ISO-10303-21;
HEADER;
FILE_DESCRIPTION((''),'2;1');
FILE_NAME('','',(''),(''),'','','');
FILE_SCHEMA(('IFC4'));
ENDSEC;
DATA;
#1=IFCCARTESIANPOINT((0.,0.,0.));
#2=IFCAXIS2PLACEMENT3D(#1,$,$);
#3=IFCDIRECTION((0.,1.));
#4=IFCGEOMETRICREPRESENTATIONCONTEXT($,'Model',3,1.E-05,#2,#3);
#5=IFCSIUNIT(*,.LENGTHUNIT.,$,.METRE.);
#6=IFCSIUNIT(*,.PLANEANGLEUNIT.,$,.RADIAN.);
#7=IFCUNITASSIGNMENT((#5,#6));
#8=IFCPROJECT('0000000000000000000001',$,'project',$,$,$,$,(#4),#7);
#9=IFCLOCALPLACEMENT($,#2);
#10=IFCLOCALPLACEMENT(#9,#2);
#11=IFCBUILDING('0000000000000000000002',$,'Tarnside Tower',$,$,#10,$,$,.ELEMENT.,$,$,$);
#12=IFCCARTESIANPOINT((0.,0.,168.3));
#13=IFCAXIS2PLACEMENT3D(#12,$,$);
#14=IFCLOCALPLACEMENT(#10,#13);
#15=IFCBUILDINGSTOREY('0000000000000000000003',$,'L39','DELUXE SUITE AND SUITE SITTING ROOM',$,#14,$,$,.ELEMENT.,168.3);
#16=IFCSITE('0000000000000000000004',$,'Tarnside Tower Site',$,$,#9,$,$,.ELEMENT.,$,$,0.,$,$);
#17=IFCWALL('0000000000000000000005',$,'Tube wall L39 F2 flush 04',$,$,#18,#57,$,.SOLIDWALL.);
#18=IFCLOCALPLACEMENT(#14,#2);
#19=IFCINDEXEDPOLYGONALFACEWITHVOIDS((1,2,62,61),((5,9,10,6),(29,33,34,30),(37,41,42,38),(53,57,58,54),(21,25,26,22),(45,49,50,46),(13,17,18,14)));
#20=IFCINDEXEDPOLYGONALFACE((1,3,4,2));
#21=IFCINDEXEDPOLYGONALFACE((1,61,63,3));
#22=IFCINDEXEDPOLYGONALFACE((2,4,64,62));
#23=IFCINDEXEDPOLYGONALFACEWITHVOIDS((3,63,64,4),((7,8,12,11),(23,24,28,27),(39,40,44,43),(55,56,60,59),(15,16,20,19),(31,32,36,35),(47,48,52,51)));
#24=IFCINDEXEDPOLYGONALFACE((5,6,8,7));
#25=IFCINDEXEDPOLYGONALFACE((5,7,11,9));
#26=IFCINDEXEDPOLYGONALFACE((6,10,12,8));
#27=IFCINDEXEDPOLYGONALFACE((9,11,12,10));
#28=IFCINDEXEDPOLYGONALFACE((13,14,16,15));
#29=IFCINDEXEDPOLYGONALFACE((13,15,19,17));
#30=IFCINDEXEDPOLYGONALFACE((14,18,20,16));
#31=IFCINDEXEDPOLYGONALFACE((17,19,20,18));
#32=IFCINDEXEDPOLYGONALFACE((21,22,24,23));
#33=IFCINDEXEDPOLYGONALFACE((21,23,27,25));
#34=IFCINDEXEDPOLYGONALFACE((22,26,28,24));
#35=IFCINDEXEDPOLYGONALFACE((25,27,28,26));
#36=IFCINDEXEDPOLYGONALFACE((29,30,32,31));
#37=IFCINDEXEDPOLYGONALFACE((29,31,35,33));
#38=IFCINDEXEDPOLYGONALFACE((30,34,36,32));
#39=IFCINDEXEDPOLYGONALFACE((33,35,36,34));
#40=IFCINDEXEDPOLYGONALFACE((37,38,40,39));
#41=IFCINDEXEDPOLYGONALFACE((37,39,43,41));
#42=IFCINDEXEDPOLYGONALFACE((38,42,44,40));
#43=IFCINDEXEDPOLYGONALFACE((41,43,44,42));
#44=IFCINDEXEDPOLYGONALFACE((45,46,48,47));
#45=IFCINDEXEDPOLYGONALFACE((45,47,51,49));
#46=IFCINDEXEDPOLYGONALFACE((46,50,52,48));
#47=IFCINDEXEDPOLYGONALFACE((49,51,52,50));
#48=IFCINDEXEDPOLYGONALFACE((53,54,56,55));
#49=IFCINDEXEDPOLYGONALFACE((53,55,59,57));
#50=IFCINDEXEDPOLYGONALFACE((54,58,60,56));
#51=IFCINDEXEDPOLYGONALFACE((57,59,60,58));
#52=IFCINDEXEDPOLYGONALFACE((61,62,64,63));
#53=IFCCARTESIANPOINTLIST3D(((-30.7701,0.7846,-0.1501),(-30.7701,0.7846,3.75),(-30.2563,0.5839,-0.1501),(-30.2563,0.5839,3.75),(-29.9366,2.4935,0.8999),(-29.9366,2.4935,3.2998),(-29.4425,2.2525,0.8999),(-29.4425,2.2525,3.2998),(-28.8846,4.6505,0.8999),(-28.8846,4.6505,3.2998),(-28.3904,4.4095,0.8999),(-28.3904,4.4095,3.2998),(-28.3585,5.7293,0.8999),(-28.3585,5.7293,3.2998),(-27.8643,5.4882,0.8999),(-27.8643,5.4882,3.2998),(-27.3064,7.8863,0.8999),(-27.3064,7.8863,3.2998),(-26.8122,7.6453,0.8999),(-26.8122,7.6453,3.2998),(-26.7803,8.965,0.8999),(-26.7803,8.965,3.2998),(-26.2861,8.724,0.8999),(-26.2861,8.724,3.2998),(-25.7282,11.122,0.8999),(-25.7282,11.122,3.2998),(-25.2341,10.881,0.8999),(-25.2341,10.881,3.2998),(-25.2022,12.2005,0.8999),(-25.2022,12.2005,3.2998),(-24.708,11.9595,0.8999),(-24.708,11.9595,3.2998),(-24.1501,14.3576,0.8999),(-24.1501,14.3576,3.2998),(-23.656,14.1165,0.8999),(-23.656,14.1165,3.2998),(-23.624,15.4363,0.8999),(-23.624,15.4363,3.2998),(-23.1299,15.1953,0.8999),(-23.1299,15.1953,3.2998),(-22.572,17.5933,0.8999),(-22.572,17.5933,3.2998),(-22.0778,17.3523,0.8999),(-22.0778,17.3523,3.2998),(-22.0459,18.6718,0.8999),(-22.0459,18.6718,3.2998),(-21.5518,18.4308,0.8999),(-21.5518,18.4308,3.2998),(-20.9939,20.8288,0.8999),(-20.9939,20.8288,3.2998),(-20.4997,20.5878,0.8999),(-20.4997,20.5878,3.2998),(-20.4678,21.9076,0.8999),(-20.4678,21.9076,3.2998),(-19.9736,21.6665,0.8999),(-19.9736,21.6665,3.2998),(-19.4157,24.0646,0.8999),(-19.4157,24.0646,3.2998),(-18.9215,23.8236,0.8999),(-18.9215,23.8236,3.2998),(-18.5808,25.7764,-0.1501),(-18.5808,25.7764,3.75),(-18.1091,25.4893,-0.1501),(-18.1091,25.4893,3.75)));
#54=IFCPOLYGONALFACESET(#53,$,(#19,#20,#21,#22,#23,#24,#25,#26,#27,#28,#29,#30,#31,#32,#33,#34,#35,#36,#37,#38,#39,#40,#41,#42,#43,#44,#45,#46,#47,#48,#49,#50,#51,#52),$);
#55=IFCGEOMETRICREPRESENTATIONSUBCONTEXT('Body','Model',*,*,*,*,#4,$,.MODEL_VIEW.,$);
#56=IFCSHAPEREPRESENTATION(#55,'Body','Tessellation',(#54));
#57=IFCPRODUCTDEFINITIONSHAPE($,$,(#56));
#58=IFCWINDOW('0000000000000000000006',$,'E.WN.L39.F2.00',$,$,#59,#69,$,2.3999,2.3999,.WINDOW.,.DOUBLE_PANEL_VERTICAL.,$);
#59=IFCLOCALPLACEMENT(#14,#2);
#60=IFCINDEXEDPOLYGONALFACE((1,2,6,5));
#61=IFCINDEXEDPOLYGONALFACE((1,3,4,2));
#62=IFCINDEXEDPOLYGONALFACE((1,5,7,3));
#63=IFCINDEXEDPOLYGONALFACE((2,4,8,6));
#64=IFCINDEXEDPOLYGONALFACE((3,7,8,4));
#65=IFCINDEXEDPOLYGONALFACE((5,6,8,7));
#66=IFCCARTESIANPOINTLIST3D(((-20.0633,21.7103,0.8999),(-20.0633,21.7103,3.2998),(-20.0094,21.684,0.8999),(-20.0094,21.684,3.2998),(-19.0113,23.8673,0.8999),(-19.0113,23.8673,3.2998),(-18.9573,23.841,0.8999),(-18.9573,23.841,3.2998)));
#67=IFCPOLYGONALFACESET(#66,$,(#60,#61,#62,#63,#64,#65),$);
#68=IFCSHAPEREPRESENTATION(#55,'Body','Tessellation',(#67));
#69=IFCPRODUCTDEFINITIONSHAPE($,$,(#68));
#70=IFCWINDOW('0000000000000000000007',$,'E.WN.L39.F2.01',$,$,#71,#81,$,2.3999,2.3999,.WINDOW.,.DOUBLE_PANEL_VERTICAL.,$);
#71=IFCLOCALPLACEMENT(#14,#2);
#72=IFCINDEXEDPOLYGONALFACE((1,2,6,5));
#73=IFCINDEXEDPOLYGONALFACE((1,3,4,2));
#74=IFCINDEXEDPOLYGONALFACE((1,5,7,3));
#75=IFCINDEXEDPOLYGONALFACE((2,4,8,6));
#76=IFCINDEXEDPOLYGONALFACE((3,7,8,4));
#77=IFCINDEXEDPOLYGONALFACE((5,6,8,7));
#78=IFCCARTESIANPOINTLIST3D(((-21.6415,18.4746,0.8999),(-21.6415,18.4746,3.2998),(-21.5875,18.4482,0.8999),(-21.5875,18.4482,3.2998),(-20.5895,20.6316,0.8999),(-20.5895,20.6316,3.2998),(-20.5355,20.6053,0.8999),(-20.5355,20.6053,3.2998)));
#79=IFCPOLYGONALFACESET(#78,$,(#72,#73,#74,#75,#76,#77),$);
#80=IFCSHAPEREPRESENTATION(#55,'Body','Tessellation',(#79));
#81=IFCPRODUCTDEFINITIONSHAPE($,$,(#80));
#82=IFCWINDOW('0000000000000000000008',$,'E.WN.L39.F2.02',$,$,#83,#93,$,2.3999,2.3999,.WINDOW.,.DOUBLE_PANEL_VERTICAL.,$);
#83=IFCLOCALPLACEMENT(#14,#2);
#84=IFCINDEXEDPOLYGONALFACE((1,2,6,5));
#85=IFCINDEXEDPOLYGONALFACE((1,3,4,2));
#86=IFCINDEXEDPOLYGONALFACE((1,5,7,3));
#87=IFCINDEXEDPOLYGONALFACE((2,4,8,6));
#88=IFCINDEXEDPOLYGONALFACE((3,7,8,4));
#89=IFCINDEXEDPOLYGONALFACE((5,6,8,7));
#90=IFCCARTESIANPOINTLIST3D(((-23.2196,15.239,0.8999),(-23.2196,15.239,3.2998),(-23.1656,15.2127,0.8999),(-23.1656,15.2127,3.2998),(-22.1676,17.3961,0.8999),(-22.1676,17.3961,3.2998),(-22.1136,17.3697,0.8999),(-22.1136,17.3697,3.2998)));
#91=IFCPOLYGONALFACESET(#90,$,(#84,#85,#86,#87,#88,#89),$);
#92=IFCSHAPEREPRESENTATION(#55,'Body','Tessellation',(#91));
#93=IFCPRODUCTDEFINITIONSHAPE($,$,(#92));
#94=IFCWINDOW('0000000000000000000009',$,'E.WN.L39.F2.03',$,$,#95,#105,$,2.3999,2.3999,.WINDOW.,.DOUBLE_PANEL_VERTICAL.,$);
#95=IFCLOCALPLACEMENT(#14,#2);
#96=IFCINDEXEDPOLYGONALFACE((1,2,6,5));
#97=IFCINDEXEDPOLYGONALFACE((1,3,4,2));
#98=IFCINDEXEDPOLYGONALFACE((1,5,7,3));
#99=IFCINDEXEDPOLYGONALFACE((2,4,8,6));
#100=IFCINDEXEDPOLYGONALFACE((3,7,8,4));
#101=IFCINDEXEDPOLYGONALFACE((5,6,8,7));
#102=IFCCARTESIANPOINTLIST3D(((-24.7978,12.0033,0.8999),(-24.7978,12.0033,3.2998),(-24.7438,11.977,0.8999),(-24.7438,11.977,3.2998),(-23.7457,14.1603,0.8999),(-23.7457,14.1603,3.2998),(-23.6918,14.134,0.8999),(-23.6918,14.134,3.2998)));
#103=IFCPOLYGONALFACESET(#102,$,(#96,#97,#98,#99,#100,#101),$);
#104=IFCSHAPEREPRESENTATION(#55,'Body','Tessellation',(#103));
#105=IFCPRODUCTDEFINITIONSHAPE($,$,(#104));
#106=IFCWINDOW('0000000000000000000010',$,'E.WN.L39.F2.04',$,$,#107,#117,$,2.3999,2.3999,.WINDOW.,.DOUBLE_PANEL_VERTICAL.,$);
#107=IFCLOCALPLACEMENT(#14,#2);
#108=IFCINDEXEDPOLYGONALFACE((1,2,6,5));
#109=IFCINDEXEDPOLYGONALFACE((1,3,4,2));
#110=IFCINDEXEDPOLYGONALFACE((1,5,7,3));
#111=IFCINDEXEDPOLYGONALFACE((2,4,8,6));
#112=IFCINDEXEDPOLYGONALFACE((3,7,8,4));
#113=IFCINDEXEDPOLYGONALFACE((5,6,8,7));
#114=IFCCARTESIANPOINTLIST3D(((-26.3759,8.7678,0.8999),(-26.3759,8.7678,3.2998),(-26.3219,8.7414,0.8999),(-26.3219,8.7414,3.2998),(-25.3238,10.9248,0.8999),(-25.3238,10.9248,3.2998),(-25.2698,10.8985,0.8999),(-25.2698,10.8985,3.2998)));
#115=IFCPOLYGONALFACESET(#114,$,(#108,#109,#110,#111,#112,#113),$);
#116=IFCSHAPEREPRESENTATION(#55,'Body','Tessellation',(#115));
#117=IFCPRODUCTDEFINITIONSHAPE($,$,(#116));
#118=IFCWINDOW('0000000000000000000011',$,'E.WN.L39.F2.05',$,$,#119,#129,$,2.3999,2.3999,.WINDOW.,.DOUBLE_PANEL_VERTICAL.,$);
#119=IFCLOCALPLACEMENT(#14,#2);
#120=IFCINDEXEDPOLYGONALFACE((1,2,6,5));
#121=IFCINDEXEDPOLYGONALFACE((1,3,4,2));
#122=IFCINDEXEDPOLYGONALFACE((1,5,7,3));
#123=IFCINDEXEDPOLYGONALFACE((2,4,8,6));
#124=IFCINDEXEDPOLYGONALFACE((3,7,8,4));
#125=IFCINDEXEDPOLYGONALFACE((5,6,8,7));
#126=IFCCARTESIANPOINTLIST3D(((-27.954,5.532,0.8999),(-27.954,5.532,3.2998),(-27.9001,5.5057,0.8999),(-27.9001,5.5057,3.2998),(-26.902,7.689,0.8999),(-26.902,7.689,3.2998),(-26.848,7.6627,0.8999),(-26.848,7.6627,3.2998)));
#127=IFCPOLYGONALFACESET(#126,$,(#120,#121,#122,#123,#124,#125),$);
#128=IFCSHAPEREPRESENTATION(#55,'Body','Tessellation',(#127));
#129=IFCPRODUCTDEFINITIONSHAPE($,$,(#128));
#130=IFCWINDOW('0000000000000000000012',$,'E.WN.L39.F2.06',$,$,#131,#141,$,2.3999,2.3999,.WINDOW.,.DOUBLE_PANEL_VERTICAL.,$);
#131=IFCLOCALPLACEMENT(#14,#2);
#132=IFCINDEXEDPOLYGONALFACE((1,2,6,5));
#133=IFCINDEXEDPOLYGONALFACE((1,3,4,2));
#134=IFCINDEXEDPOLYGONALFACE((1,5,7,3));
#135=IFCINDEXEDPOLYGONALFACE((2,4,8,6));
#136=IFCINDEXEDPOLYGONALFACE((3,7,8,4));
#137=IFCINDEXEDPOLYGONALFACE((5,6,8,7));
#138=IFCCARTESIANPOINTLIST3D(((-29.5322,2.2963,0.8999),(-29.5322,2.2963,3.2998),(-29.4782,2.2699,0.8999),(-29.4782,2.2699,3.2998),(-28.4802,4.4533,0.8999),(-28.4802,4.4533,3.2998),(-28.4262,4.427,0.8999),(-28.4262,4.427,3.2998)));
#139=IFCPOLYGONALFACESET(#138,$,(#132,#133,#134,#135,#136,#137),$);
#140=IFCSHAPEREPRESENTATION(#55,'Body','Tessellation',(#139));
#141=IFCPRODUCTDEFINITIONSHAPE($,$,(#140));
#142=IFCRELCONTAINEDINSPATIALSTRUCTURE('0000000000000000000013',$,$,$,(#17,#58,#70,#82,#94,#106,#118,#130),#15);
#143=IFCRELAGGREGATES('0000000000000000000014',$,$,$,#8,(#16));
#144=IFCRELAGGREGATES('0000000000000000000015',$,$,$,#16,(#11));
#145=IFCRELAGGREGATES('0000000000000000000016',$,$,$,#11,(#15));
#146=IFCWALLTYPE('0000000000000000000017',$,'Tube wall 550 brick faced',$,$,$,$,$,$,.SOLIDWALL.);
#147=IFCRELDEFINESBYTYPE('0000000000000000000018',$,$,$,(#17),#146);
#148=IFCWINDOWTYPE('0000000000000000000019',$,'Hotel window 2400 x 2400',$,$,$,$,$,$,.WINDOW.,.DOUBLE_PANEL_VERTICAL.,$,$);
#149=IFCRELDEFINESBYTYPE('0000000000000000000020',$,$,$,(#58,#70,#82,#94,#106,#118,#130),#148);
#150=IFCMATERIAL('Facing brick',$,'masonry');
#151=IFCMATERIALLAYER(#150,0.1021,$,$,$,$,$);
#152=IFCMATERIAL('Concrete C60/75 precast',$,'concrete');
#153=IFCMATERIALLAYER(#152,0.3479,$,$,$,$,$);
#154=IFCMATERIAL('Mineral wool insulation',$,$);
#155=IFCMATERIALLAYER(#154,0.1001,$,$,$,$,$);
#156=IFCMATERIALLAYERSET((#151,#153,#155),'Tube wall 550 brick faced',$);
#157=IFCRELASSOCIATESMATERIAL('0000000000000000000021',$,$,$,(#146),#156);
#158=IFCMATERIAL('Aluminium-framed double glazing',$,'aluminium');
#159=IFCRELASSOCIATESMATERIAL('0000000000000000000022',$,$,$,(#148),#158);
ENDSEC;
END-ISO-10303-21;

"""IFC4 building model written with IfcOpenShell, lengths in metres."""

from ifc_helpers import new_model, si_unit, direction, frame, frame_2d, origin, place, context, subcontext, project, spatial, polyline, rectangle, outline, extrude, material, layer, layer_set, type_object, element, fill, save


model = new_model("IFC4")

# Units and contexts
model_context = context("Model", 3, precision=1e-05, world=origin(), true_north=direction((0.0, 1.0)))
body_context = subcontext(model_context, "Body", "Model", "MODEL_VIEW")
ifc_project = project(units=[si_unit("LENGTHUNIT", "METRE"), si_unit("PLANEANGLEUNIT", "RADIAN")], contexts=[model_context])

# Site, building, storey
site_placement = place(None, origin())
site = spatial("IfcSite", under=ifc_project, at=site_placement, Name="Tarnside Tower Site", CompositionType="ELEMENT", RefElevation=0.0)
building_placement = place(site_placement, origin())
building = spatial("IfcBuilding", under=site, at=building_placement, Name="Tarnside Tower", CompositionType="ELEMENT")
storey_placement = place(building_placement, frame((0.0, 0.0, 168.3)))
storey = spatial("IfcBuildingStorey", under=building, at=storey_placement, Name="L39", Description="DELUXE SUITE AND SUITE SITTING ROOM", CompositionType="ELEMENT", Elevation=168.3)

# Shared definitions
ifc_material_1 = material(Name="Facing brick", Category="masonry")
ifc_layer_1 = layer(ifc_material_1, 0.1021)
ifc_material_2 = material(Name="Concrete C60/75 precast", Category="concrete")
ifc_layer_2 = layer(ifc_material_2, 0.3479)
ifc_material_3 = material(Name="Mineral wool insulation")
ifc_layer_3 = layer(ifc_material_3, 0.1001)
ifc_layer_set_1 = layer_set([ifc_layer_1, ifc_layer_2, ifc_layer_3], Name="Tube wall 550 brick faced")
wall_type_1 = type_object("IfcWallType", Name="Tube wall 550 brick faced", PredefinedType="SOLIDWALL", material=ifc_layer_set_1)

# Wall, openings, windows
wall_1_placement = place(storey_placement, frame((-18.345, 25.6328, -0.1501), z_axis=(0.0, 0.0, 1.0), x_axis=(-0.438372, -0.898794, 0.0)))
wall_1 = element("IfcWall", 1, at=wall_1_placement, inside=storey, type_object=wall_type_1, Name="Tube wall L39 F2 flush 04", PredefinedType="SOLIDWALL", context=body_context, shape_type="SweptSolid", body=[
    extrude(outline(polyline([(-0.0256, -0.2749), (27.7803, -0.2749), (27.7354, 0.2749), (0.0256, 0.2749), (-0.0256, -0.2749)])), origin(), (0.0, 0.0, 1.0), 3.9001),
])
opening_1_placement = place(wall_1_placement, frame((1.8789, 0.0, 1.05)))
opening_1 = element("IfcOpeningElement", 2, at=opening_1_placement, cuts=wall_1, PredefinedType="OPENING", context=body_context, shape_type="SweptSolid", body=[
    extrude(rectangle(XDim=2.3999, YDim=2.3999, at=frame_2d((1.2, 1.2))), frame((0.0, 0.2852, 0.0), z_axis=(0.0, -1.0, 0.0), x_axis=(1.0, 0.0, 0.0)), (0.0, 0.0, 1.0), 0.5701),
])
opening_2_placement = place(wall_1_placement, frame((5.479, 0.0, 1.05)))
opening_2 = element("IfcOpeningElement", 3, at=opening_2_placement, cuts=wall_1, PredefinedType="OPENING", context=body_context, shape_type="SweptSolid", body=[
    extrude(rectangle(XDim=2.3999, YDim=2.3999, at=frame_2d((1.2, 1.2))), frame((0.0, 0.2852, 0.0), z_axis=(0.0, -1.0, 0.0), x_axis=(1.0, 0.0, 0.0)), (0.0, 0.0, 1.0), 0.5701),
])
opening_3_placement = place(wall_1_placement, frame((9.0789, 0.0, 1.05)))
opening_3 = element("IfcOpeningElement", 4, at=opening_3_placement, cuts=wall_1, PredefinedType="OPENING", context=body_context, shape_type="SweptSolid", body=[
    extrude(rectangle(XDim=2.3999, YDim=2.3999, at=frame_2d((1.2, 1.2))), frame((0.0, 0.2852, 0.0), z_axis=(0.0, -1.0, 0.0), x_axis=(1.0, 0.0, 0.0)), (0.0, 0.0, 1.0), 0.5701),
])
opening_4_placement = place(wall_1_placement, frame((12.679, 0.0, 1.05)))
opening_4 = element("IfcOpeningElement", 5, at=opening_4_placement, cuts=wall_1, PredefinedType="OPENING", context=body_context, shape_type="SweptSolid", body=[
    extrude(rectangle(XDim=2.3999, YDim=2.3999, at=frame_2d((1.2, 1.2))), frame((0.0, 0.2852, 0.0), z_axis=(0.0, -1.0, 0.0), x_axis=(1.0, 0.0, 0.0)), (0.0, 0.0, 1.0), 0.5701),
])
opening_5_placement = place(wall_1_placement, frame((16.2788, 0.0, 1.05)))
opening_5 = element("IfcOpeningElement", 6, at=opening_5_placement, cuts=wall_1, PredefinedType="OPENING", context=body_context, shape_type="SweptSolid", body=[
    extrude(rectangle(XDim=2.3999, YDim=2.3999, at=frame_2d((1.2, 1.2))), frame((0.0, 0.2852, 0.0), z_axis=(0.0, -1.0, 0.0), x_axis=(1.0, 0.0, 0.0)), (0.0, 0.0, 1.0), 0.5701),
])
opening_6_placement = place(wall_1_placement, frame((19.8789, 0.0, 1.05)))
opening_6 = element("IfcOpeningElement", 7, at=opening_6_placement, cuts=wall_1, PredefinedType="OPENING", context=body_context, shape_type="SweptSolid", body=[
    extrude(rectangle(XDim=2.3999, YDim=2.3999, at=frame_2d((1.2, 1.2))), frame((0.0, 0.2852, 0.0), z_axis=(0.0, -1.0, 0.0), x_axis=(1.0, 0.0, 0.0)), (0.0, 0.0, 1.0), 0.5701),
])
opening_7_placement = place(wall_1_placement, frame((23.479, 0.0, 1.05)))
opening_7 = element("IfcOpeningElement", 8, at=opening_7_placement, cuts=wall_1, PredefinedType="OPENING", context=body_context, shape_type="SweptSolid", body=[
    extrude(rectangle(XDim=2.3999, YDim=2.3999, at=frame_2d((1.2, 1.2))), frame((0.0, 0.2852, 0.0), z_axis=(0.0, -1.0, 0.0), x_axis=(1.0, 0.0, 0.0)), (0.0, 0.0, 1.0), 0.5701),
])
ifc_material_4 = material(Name="Aluminium-framed double glazing", Category="aluminium")
window_type = type_object("IfcWindowType", Name="Hotel window 2400 x 2400", PartitioningType="DOUBLE_PANEL_VERTICAL", PredefinedType="WINDOW", material=ifc_material_4)
window_1_placement = place(opening_1_placement, frame((0.0, 0.2051, 0.0)))
window_1 = element("IfcWindow", 9, at=window_1_placement, inside=storey, type_object=window_type, Name="E.WN.L39.F2.00", OverallHeight=2.3999, OverallWidth=2.3999, PartitioningType="DOUBLE_PANEL_VERTICAL", PredefinedType="WINDOW", context=body_context, shape_type="SweptSolid", body=[
    extrude(rectangle(XDim=2.3999, YDim=2.3999, at=frame_2d((1.2, 1.2))), frame((0.0, 0.03, 0.0), z_axis=(0.0, -1.0, 0.0), x_axis=(1.0, 0.0, 0.0)), (0.0, 0.0, 1.0), 0.0601),
])
fill(opening_1, window_1)
window_2_placement = place(opening_2_placement, frame((0.0, 0.2051, 0.0)))
window_2 = element("IfcWindow", 10, at=window_2_placement, inside=storey, type_object=window_type, Name="E.WN.L39.F2.01", OverallHeight=2.3999, OverallWidth=2.3999, PartitioningType="DOUBLE_PANEL_VERTICAL", PredefinedType="WINDOW", context=body_context, shape_type="SweptSolid", body=[
    extrude(rectangle(XDim=2.3999, YDim=2.3999, at=frame_2d((1.2, 1.2))), frame((0.0, 0.03, 0.0), z_axis=(0.0, -1.0, 0.0), x_axis=(1.0, 0.0, 0.0)), (0.0, 0.0, 1.0), 0.0601),
])
fill(opening_2, window_2)
window_3_placement = place(opening_3_placement, frame((0.0, 0.2051, 0.0)))
window_3 = element("IfcWindow", 11, at=window_3_placement, inside=storey, type_object=window_type, Name="E.WN.L39.F2.02", OverallHeight=2.3999, OverallWidth=2.3999, PartitioningType="DOUBLE_PANEL_VERTICAL", PredefinedType="WINDOW", context=body_context, shape_type="SweptSolid", body=[
    extrude(rectangle(XDim=2.3999, YDim=2.3999, at=frame_2d((1.2, 1.2))), frame((0.0, 0.03, 0.0), z_axis=(0.0, -1.0, 0.0), x_axis=(1.0, 0.0, 0.0)), (0.0, 0.0, 1.0), 0.0601),
])
fill(opening_3, window_3)
window_4_placement = place(opening_4_placement, frame((0.0, 0.2051, 0.0)))
window_4 = element("IfcWindow", 12, at=window_4_placement, inside=storey, type_object=window_type, Name="E.WN.L39.F2.03", OverallHeight=2.3999, OverallWidth=2.3999, PartitioningType="DOUBLE_PANEL_VERTICAL", PredefinedType="WINDOW", context=body_context, shape_type="SweptSolid", body=[
    extrude(rectangle(XDim=2.3999, YDim=2.3999, at=frame_2d((1.2, 1.2))), frame((0.0, 0.03, 0.0), z_axis=(0.0, -1.0, 0.0), x_axis=(1.0, 0.0, 0.0)), (0.0, 0.0, 1.0), 0.0601),
])
fill(opening_4, window_4)
window_5_placement = place(opening_5_placement, frame((0.0, 0.2051, 0.0)))
window_5 = element("IfcWindow", 13, at=window_5_placement, inside=storey, type_object=window_type, Name="E.WN.L39.F2.04", OverallHeight=2.3999, OverallWidth=2.3999, PartitioningType="DOUBLE_PANEL_VERTICAL", PredefinedType="WINDOW", context=body_context, shape_type="SweptSolid", body=[
    extrude(rectangle(XDim=2.3999, YDim=2.3999, at=frame_2d((1.2, 1.2))), frame((0.0, 0.03, 0.0), z_axis=(0.0, -1.0, 0.0), x_axis=(1.0, 0.0, 0.0)), (0.0, 0.0, 1.0), 0.0601),
])
fill(opening_5, window_5)
window_6_placement = place(opening_6_placement, frame((0.0, 0.2051, 0.0)))
window_6 = element("IfcWindow", 14, at=window_6_placement, inside=storey, type_object=window_type, Name="E.WN.L39.F2.05", OverallHeight=2.3999, OverallWidth=2.3999, PartitioningType="DOUBLE_PANEL_VERTICAL", PredefinedType="WINDOW", context=body_context, shape_type="SweptSolid", body=[
    extrude(rectangle(XDim=2.3999, YDim=2.3999, at=frame_2d((1.2, 1.2))), frame((0.0, 0.03, 0.0), z_axis=(0.0, -1.0, 0.0), x_axis=(1.0, 0.0, 0.0)), (0.0, 0.0, 1.0), 0.0601),
])
fill(opening_6, window_6)
window_7_placement = place(opening_7_placement, frame((0.0, 0.2051, 0.0)))
window_7 = element("IfcWindow", 15, at=window_7_placement, inside=storey, type_object=window_type, Name="E.WN.L39.F2.06", OverallHeight=2.3999, OverallWidth=2.3999, PartitioningType="DOUBLE_PANEL_VERTICAL", PredefinedType="WINDOW", context=body_context, shape_type="SweptSolid", body=[
    extrude(rectangle(XDim=2.3999, YDim=2.3999, at=frame_2d((1.2, 1.2))), frame((0.0, 0.03, 0.0), z_axis=(0.0, -1.0, 0.0), x_axis=(1.0, 0.0, 0.0)), (0.0, 0.0, 1.0), 0.0601),
])
fill(opening_7, window_7)

save(model, "model.ifc")
